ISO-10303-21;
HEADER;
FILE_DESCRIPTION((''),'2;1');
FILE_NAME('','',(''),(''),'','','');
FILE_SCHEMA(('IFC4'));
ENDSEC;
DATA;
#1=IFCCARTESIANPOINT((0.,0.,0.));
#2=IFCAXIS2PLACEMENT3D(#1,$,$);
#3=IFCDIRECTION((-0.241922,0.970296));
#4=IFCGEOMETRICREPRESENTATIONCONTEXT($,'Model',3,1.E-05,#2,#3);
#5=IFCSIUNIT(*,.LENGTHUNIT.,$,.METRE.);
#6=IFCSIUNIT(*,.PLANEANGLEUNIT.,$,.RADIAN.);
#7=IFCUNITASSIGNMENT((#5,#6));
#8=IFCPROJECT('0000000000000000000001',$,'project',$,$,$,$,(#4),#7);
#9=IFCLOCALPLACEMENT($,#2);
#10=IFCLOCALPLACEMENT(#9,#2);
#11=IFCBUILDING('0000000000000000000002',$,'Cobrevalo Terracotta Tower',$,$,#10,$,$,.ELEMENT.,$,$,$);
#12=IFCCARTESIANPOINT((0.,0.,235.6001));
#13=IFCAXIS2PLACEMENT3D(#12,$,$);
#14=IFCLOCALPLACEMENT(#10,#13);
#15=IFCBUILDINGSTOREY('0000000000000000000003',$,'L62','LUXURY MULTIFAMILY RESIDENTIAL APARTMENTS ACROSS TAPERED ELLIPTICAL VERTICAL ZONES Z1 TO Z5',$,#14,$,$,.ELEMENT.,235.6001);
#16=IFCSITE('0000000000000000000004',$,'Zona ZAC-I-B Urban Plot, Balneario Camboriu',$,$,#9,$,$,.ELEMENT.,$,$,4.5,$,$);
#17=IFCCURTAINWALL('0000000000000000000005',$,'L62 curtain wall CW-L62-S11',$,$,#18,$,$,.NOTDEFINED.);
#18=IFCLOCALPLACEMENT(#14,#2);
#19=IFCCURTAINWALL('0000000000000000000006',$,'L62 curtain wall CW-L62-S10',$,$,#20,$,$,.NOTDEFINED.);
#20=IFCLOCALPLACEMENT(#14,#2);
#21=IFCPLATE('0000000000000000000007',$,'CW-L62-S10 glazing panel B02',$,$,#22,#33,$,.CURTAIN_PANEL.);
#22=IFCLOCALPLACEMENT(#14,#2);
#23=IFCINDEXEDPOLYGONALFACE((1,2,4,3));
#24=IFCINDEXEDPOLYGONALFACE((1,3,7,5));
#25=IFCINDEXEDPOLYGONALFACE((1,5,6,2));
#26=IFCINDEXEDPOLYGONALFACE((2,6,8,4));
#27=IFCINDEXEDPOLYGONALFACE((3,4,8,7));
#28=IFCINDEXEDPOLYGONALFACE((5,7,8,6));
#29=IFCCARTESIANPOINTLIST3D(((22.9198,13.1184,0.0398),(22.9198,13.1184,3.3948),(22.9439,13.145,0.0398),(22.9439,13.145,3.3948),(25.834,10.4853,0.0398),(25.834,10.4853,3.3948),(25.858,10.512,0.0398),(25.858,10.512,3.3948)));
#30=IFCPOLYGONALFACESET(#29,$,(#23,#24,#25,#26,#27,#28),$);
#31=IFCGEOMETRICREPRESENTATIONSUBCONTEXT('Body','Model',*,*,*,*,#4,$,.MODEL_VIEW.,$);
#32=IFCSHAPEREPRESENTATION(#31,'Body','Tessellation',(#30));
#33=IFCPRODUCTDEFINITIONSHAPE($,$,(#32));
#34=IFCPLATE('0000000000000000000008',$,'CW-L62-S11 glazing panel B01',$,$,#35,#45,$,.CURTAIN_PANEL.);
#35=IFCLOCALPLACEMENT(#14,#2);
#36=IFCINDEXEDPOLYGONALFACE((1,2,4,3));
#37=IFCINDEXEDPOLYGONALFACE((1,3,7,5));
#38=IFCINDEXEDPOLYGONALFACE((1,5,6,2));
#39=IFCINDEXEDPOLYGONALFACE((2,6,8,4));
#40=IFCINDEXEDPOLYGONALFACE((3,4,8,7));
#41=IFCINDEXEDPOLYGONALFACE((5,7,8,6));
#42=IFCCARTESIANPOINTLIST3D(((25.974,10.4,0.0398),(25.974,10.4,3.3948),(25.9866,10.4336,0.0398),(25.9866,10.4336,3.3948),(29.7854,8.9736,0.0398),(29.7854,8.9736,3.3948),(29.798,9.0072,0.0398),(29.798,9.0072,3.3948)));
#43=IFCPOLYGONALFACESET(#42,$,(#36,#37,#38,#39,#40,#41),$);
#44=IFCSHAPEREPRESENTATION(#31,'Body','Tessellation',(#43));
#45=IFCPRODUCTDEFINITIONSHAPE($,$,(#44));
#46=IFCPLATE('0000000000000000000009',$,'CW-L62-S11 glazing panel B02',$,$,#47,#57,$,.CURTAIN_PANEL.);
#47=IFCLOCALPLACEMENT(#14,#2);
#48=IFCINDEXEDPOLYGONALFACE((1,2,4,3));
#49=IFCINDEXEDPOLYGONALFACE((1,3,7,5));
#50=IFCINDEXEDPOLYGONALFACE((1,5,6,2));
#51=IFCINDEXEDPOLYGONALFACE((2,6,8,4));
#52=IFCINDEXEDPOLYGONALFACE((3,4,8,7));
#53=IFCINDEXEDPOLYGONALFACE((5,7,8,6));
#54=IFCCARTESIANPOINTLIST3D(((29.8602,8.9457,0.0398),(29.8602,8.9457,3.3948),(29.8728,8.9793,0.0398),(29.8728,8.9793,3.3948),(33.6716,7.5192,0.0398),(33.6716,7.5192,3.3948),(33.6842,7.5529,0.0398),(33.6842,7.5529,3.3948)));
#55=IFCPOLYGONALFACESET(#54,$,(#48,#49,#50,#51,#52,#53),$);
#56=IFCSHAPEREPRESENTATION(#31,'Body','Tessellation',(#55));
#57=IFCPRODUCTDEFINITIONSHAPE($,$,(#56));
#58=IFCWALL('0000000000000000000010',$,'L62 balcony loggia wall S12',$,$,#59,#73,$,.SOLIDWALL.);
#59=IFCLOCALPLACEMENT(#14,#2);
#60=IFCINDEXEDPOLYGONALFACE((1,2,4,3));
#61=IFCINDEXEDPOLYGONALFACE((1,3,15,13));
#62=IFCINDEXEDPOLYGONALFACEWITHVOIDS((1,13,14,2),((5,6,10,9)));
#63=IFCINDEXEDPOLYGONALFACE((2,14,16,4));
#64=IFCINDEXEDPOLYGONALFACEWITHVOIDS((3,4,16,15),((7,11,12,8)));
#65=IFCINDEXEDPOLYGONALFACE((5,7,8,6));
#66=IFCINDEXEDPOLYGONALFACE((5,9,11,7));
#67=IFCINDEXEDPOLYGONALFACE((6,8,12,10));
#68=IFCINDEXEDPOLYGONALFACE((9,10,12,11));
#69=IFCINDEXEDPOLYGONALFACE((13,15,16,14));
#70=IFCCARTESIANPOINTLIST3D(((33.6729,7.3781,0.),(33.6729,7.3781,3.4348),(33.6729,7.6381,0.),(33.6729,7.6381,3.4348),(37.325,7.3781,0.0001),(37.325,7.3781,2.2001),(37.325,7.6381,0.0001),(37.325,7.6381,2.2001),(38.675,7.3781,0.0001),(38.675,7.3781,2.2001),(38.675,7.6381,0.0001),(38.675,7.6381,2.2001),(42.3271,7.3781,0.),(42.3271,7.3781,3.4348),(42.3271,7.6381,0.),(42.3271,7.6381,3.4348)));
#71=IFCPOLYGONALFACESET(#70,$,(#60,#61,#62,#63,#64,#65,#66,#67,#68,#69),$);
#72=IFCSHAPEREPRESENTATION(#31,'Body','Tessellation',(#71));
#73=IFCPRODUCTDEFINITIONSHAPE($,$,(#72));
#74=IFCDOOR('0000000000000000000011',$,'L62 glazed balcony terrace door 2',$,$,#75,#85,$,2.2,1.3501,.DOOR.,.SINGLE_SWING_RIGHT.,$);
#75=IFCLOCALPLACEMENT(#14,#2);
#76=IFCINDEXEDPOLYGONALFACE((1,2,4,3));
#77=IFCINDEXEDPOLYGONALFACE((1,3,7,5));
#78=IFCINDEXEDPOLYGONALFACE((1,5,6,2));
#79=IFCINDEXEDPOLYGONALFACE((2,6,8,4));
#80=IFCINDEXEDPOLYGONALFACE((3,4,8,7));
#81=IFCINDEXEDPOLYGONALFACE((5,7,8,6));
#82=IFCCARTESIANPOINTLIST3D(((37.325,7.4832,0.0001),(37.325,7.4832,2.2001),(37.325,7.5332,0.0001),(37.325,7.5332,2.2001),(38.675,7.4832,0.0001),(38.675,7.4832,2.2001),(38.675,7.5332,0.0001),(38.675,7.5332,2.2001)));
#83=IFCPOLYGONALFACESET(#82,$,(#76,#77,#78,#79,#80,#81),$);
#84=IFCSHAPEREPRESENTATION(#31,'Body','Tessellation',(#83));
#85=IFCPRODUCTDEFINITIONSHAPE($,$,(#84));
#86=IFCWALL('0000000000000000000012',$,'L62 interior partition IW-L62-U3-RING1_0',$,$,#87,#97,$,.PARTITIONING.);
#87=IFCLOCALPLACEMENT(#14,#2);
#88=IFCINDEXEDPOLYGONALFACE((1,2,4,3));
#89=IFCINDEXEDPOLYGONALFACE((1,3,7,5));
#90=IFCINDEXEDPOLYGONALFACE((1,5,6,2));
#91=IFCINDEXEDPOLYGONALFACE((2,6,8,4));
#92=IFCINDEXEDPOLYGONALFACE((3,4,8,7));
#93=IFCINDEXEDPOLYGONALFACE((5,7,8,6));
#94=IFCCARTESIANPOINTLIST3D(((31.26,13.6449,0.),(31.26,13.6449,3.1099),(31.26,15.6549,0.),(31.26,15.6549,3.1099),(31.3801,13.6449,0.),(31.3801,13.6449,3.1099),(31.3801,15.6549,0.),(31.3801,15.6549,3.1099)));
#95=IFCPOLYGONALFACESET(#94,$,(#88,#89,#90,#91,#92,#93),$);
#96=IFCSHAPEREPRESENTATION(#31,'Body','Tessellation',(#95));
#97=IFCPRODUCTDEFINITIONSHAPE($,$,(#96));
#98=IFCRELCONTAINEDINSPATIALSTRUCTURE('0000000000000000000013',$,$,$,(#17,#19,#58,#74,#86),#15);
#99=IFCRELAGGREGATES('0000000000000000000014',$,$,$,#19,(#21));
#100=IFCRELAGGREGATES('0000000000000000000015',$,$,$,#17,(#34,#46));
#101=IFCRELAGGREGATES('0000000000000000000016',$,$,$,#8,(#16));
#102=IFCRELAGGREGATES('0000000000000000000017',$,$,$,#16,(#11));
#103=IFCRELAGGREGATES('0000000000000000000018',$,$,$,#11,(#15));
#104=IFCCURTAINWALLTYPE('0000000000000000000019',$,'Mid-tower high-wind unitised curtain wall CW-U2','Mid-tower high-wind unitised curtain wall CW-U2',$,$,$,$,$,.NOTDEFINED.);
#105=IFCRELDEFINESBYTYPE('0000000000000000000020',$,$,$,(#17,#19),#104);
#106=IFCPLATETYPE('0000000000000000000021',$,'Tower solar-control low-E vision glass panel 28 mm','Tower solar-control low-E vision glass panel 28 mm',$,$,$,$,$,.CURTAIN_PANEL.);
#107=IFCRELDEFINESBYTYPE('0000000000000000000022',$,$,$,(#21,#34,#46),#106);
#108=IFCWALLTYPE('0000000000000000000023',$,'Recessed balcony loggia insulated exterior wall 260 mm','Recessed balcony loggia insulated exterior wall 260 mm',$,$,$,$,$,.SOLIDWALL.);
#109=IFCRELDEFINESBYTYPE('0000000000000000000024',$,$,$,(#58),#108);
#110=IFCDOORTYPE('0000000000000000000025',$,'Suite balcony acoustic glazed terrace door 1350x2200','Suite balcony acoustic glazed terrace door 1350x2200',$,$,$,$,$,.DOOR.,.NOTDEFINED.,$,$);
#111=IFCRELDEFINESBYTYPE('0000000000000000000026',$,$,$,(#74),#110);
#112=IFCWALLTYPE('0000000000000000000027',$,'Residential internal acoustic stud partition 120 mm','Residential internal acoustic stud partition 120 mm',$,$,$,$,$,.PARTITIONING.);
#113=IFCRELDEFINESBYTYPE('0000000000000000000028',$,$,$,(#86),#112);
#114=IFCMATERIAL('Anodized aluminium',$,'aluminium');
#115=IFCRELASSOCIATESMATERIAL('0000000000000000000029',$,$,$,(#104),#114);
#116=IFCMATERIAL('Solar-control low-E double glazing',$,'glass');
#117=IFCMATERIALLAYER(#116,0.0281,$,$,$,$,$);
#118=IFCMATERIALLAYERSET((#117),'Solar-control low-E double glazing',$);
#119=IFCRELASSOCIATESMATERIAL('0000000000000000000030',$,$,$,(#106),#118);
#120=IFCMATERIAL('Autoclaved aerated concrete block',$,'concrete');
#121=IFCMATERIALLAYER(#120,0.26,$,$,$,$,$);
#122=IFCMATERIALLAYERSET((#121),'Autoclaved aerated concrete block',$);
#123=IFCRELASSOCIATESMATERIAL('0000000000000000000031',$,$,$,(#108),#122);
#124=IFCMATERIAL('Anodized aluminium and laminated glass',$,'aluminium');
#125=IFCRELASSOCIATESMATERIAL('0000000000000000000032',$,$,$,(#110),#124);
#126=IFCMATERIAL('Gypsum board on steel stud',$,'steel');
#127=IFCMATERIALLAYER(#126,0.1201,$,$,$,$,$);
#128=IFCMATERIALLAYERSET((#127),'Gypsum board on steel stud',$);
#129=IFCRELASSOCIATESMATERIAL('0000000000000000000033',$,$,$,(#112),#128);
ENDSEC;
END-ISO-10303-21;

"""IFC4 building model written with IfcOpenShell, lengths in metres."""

from ifc_helpers import new_model, si_unit, direction, frame, frame_2d, origin, origin_2d, place, context, subcontext, project, spatial, rectangle, extrude, source, transform, mapped, material, layer, layer_set, type_object, element, fill, aggregate, save


model = new_model("IFC4")

# Units and contexts
model_context = context("Model", 3, precision=1e-05, world=origin(), true_north=direction((-0.241922, 0.970296)))
body_context = subcontext(model_context, "Body", "Model", "MODEL_VIEW")
ifc_project = project(units=[si_unit("LENGTHUNIT", "METRE"), si_unit("PLANEANGLEUNIT", "RADIAN")], contexts=[model_context])

# Site, building, storey
site_placement = place(None, origin())
site = spatial("IfcSite", under=ifc_project, at=site_placement, Name="Zona ZAC-I-B Urban Plot, Balneario Camboriu", CompositionType="ELEMENT", RefElevation=4.5)
building_placement = place(site_placement, origin())
building = spatial("IfcBuilding", under=site, at=building_placement, Name="Cobrevalo Terracotta Tower", CompositionType="ELEMENT")
storey_placement = place(building_placement, frame((0.0, 0.0, 235.6001)))
storey = spatial("IfcBuildingStorey", under=building, at=storey_placement, Name="L62", Description="LUXURY MULTIFAMILY RESIDENTIAL APARTMENTS ACROSS TAPERED ELLIPTICAL VERTICAL ZONES Z1 TO Z5", CompositionType="ELEMENT", Elevation=235.6001)

# Curtain wall
ifc_material_1 = material(Name="Anodized aluminium", Category="aluminium")
curtain_wall_type = type_object("IfcCurtainWallType", Name="Mid-tower high-wind unitised curtain wall CW-U2", Description="Mid-tower high-wind unitised curtain wall CW-U2", PredefinedType="NOTDEFINED", material=ifc_material_1)
curtain_wall_1_placement = place(storey_placement, origin())
curtain_wall_1 = element("IfcCurtainWall", 1, at=curtain_wall_1_placement, inside=storey, type_object=curtain_wall_type, Name="L62 curtain wall CW-L62-S11", PredefinedType="NOTDEFINED")

# Curtain wall
curtain_wall_2_placement = place(storey_placement, origin())
curtain_wall_2 = element("IfcCurtainWall", 2, at=curtain_wall_2_placement, inside=storey, type_object=curtain_wall_type, Name="L62 curtain wall CW-L62-S10", PredefinedType="NOTDEFINED")

# Plates
ifc_material_2 = material(Name="Solar-control low-E double glazing", Category="glass")
ifc_layer_1 = layer(ifc_material_2, 0.0281)
ifc_layer_set_1 = layer_set([ifc_layer_1], Name="Solar-control low-E double glazing")
plate_type = type_object("IfcPlateType", Name="Tower solar-control low-E vision glass panel 28 mm", Description="Tower solar-control low-E vision glass panel 28 mm", PredefinedType="CURTAIN_PANEL", material=ifc_layer_set_1)
shared_shape_1 = source(origin(), body_context, "Body", "SweptSolid", [
    extrude(rectangle(XDim=3.9275, YDim=0.0359, at=origin_2d()), origin(), (0.0, 0.0, 1.0), 3.355),
])
plate_1_placement = place(storey_placement, frame((24.3889, 11.8152, 0.0398), z_axis=(0.0, 0.0, 1.0), x_axis=(0.741988, -0.670414, 0.0)))
plate_1 = element("IfcPlate", 3, at=plate_1_placement, type_object=plate_type, Name="CW-L62-S10 glazing panel B02", PredefinedType="CURTAIN_PANEL", context=body_context, shape_type="MappedRepresentation", body=[
    mapped(shared_shape_1, transform((0.0, 0.0, 0.0), scale=1.0)),
])
aggregate(curtain_wall_2, [plate_1])
shared_shape_2 = source(origin(), body_context, "Body", "SweptSolid", [
    extrude(rectangle(XDim=4.0696, YDim=0.0359, at=origin_2d()), origin(), (0.0, 0.0, 1.0), 3.355),
])
plate_2_placement = place(storey_placement, frame((27.886, 9.7036, 0.0398), z_axis=(0.0, 0.0, 1.0), x_axis=(0.936558, -0.350513, 0.0)))
plate_2 = element("IfcPlate", 4, at=plate_2_placement, type_object=plate_type, Name="CW-L62-S11 glazing panel B01", PredefinedType="CURTAIN_PANEL", context=body_context, shape_type="MappedRepresentation", body=[
    mapped(shared_shape_2, transform((0.0, 0.0, 0.0), scale=1.0)),
])
plate_3_placement = place(storey_placement, frame((31.7722, 8.2493, 0.0398), z_axis=(0.0, 0.0, 1.0), x_axis=(0.936558, -0.350513, 0.0)))
plate_3 = element("IfcPlate", 5, at=plate_3_placement, type_object=plate_type, Name="CW-L62-S11 glazing panel B02", PredefinedType="CURTAIN_PANEL", context=body_context, shape_type="MappedRepresentation", body=[
    mapped(shared_shape_2, transform((0.0, 0.0, 0.0), scale=1.0)),
])
aggregate(curtain_wall_1, [plate_2, plate_3])

# Wall, opening, door
ifc_material_3 = material(Name="Autoclaved aerated concrete block", Category="concrete")
ifc_layer_2 = layer(ifc_material_3, 0.26)
ifc_layer_set_2 = layer_set([ifc_layer_2], Name="Autoclaved aerated concrete block")
wall_type_1 = type_object("IfcWallType", Name="Recessed balcony loggia insulated exterior wall 260 mm", Description="Recessed balcony loggia insulated exterior wall 260 mm", PredefinedType="SOLIDWALL", material=ifc_layer_set_2)
wall_1_placement = place(storey_placement, frame((33.6729, 7.5081, 0.0), z_axis=(0.0, 0.0, 1.0), x_axis=(1.0, 0.0, 0.0)))
wall_1 = element("IfcWall", 6, at=wall_1_placement, inside=storey, type_object=wall_type_1, Name="L62 balcony loggia wall S12", PredefinedType="SOLIDWALL", context=body_context, shape_type="SweptSolid", body=[
    extrude(rectangle(XDim=8.6543, YDim=0.26, at=frame_2d((4.3271, 0.0))), origin(), (0.0, 0.0, 1.0), 3.4348),
])
opening_placement = place(wall_1_placement, frame((3.6521, 0.0, 0.0)))
opening = element("IfcOpeningElement", 7, at=opening_placement, cuts=wall_1, PredefinedType="OPENING", context=body_context, shape_type="SweptSolid", body=[
    extrude(rectangle(XDim=1.3501, YDim=2.2, at=frame_2d((0.675, 1.1001))), frame((0.0, 0.1401, 0.0), z_axis=(0.0, -1.0, 0.0), x_axis=(1.0, 0.0, 0.0)), (0.0, 0.0, 1.0), 0.28),
])
ifc_material_4 = material(Name="Anodized aluminium and laminated glass", Category="aluminium")
door_type = type_object("IfcDoorType", Name="Suite balcony acoustic glazed terrace door 1350x2200", Description="Suite balcony acoustic glazed terrace door 1350x2200", OperationType="NOTDEFINED", PredefinedType="DOOR", material=ifc_material_4)
shared_shape_3 = source(origin(), body_context, "Body", "SweptSolid", [
    extrude(rectangle(XDim=1.3501, YDim=2.2, at=frame_2d((0.675, 1.1001))), frame((0.0, 0.0249, 0.0), z_axis=(0.0, -1.0, 0.0), x_axis=(1.0, 0.0, 0.0)), (0.0, 0.0, 1.0), 0.05),
])
door_placement = place(opening_placement, frame((1.3501, 0.0, 0.0), z_axis=(0.0, 0.0, 1.0), x_axis=(-1.0, 0.0, 0.0)))
door = element("IfcDoor", 8, at=door_placement, inside=storey, type_object=door_type, Name="L62 glazed balcony terrace door 2", OperationType="SINGLE_SWING_RIGHT", OverallHeight=2.2, OverallWidth=1.3501, PredefinedType="DOOR", context=body_context, shape_type="MappedRepresentation", body=[
    mapped(shared_shape_3, transform((0.0, 0.0, 0.0), scale=1.0)),
])
fill(opening, door)

# Wall
ifc_material_5 = material(Name="Gypsum board on steel stud", Category="steel")
ifc_layer_3 = layer(ifc_material_5, 0.1201)
ifc_layer_set_3 = layer_set([ifc_layer_3], Name="Gypsum board on steel stud")
wall_type_2 = type_object("IfcWallType", Name="Residential internal acoustic stud partition 120 mm", Description="Residential internal acoustic stud partition 120 mm", PredefinedType="PARTITIONING", material=ifc_layer_set_3)
wall_2_placement = place(storey_placement, frame((31.3201, 13.645, 0.0), z_axis=(0.0, 0.0, 1.0), x_axis=(0.0, 1.0, 0.0)))
element("IfcWall", 9, at=wall_2_placement, inside=storey, type_object=wall_type_2, Name="L62 interior partition IW-L62-U3-RING1_0", PredefinedType="PARTITIONING", context=body_context, shape_type="SweptSolid", body=[
    extrude(rectangle(XDim=2.01, YDim=0.1201, at=frame_2d((1.0049, 0.0))), origin(), (0.0, 0.0, 1.0), 3.1099),
])

save(model, "model.ifc")
